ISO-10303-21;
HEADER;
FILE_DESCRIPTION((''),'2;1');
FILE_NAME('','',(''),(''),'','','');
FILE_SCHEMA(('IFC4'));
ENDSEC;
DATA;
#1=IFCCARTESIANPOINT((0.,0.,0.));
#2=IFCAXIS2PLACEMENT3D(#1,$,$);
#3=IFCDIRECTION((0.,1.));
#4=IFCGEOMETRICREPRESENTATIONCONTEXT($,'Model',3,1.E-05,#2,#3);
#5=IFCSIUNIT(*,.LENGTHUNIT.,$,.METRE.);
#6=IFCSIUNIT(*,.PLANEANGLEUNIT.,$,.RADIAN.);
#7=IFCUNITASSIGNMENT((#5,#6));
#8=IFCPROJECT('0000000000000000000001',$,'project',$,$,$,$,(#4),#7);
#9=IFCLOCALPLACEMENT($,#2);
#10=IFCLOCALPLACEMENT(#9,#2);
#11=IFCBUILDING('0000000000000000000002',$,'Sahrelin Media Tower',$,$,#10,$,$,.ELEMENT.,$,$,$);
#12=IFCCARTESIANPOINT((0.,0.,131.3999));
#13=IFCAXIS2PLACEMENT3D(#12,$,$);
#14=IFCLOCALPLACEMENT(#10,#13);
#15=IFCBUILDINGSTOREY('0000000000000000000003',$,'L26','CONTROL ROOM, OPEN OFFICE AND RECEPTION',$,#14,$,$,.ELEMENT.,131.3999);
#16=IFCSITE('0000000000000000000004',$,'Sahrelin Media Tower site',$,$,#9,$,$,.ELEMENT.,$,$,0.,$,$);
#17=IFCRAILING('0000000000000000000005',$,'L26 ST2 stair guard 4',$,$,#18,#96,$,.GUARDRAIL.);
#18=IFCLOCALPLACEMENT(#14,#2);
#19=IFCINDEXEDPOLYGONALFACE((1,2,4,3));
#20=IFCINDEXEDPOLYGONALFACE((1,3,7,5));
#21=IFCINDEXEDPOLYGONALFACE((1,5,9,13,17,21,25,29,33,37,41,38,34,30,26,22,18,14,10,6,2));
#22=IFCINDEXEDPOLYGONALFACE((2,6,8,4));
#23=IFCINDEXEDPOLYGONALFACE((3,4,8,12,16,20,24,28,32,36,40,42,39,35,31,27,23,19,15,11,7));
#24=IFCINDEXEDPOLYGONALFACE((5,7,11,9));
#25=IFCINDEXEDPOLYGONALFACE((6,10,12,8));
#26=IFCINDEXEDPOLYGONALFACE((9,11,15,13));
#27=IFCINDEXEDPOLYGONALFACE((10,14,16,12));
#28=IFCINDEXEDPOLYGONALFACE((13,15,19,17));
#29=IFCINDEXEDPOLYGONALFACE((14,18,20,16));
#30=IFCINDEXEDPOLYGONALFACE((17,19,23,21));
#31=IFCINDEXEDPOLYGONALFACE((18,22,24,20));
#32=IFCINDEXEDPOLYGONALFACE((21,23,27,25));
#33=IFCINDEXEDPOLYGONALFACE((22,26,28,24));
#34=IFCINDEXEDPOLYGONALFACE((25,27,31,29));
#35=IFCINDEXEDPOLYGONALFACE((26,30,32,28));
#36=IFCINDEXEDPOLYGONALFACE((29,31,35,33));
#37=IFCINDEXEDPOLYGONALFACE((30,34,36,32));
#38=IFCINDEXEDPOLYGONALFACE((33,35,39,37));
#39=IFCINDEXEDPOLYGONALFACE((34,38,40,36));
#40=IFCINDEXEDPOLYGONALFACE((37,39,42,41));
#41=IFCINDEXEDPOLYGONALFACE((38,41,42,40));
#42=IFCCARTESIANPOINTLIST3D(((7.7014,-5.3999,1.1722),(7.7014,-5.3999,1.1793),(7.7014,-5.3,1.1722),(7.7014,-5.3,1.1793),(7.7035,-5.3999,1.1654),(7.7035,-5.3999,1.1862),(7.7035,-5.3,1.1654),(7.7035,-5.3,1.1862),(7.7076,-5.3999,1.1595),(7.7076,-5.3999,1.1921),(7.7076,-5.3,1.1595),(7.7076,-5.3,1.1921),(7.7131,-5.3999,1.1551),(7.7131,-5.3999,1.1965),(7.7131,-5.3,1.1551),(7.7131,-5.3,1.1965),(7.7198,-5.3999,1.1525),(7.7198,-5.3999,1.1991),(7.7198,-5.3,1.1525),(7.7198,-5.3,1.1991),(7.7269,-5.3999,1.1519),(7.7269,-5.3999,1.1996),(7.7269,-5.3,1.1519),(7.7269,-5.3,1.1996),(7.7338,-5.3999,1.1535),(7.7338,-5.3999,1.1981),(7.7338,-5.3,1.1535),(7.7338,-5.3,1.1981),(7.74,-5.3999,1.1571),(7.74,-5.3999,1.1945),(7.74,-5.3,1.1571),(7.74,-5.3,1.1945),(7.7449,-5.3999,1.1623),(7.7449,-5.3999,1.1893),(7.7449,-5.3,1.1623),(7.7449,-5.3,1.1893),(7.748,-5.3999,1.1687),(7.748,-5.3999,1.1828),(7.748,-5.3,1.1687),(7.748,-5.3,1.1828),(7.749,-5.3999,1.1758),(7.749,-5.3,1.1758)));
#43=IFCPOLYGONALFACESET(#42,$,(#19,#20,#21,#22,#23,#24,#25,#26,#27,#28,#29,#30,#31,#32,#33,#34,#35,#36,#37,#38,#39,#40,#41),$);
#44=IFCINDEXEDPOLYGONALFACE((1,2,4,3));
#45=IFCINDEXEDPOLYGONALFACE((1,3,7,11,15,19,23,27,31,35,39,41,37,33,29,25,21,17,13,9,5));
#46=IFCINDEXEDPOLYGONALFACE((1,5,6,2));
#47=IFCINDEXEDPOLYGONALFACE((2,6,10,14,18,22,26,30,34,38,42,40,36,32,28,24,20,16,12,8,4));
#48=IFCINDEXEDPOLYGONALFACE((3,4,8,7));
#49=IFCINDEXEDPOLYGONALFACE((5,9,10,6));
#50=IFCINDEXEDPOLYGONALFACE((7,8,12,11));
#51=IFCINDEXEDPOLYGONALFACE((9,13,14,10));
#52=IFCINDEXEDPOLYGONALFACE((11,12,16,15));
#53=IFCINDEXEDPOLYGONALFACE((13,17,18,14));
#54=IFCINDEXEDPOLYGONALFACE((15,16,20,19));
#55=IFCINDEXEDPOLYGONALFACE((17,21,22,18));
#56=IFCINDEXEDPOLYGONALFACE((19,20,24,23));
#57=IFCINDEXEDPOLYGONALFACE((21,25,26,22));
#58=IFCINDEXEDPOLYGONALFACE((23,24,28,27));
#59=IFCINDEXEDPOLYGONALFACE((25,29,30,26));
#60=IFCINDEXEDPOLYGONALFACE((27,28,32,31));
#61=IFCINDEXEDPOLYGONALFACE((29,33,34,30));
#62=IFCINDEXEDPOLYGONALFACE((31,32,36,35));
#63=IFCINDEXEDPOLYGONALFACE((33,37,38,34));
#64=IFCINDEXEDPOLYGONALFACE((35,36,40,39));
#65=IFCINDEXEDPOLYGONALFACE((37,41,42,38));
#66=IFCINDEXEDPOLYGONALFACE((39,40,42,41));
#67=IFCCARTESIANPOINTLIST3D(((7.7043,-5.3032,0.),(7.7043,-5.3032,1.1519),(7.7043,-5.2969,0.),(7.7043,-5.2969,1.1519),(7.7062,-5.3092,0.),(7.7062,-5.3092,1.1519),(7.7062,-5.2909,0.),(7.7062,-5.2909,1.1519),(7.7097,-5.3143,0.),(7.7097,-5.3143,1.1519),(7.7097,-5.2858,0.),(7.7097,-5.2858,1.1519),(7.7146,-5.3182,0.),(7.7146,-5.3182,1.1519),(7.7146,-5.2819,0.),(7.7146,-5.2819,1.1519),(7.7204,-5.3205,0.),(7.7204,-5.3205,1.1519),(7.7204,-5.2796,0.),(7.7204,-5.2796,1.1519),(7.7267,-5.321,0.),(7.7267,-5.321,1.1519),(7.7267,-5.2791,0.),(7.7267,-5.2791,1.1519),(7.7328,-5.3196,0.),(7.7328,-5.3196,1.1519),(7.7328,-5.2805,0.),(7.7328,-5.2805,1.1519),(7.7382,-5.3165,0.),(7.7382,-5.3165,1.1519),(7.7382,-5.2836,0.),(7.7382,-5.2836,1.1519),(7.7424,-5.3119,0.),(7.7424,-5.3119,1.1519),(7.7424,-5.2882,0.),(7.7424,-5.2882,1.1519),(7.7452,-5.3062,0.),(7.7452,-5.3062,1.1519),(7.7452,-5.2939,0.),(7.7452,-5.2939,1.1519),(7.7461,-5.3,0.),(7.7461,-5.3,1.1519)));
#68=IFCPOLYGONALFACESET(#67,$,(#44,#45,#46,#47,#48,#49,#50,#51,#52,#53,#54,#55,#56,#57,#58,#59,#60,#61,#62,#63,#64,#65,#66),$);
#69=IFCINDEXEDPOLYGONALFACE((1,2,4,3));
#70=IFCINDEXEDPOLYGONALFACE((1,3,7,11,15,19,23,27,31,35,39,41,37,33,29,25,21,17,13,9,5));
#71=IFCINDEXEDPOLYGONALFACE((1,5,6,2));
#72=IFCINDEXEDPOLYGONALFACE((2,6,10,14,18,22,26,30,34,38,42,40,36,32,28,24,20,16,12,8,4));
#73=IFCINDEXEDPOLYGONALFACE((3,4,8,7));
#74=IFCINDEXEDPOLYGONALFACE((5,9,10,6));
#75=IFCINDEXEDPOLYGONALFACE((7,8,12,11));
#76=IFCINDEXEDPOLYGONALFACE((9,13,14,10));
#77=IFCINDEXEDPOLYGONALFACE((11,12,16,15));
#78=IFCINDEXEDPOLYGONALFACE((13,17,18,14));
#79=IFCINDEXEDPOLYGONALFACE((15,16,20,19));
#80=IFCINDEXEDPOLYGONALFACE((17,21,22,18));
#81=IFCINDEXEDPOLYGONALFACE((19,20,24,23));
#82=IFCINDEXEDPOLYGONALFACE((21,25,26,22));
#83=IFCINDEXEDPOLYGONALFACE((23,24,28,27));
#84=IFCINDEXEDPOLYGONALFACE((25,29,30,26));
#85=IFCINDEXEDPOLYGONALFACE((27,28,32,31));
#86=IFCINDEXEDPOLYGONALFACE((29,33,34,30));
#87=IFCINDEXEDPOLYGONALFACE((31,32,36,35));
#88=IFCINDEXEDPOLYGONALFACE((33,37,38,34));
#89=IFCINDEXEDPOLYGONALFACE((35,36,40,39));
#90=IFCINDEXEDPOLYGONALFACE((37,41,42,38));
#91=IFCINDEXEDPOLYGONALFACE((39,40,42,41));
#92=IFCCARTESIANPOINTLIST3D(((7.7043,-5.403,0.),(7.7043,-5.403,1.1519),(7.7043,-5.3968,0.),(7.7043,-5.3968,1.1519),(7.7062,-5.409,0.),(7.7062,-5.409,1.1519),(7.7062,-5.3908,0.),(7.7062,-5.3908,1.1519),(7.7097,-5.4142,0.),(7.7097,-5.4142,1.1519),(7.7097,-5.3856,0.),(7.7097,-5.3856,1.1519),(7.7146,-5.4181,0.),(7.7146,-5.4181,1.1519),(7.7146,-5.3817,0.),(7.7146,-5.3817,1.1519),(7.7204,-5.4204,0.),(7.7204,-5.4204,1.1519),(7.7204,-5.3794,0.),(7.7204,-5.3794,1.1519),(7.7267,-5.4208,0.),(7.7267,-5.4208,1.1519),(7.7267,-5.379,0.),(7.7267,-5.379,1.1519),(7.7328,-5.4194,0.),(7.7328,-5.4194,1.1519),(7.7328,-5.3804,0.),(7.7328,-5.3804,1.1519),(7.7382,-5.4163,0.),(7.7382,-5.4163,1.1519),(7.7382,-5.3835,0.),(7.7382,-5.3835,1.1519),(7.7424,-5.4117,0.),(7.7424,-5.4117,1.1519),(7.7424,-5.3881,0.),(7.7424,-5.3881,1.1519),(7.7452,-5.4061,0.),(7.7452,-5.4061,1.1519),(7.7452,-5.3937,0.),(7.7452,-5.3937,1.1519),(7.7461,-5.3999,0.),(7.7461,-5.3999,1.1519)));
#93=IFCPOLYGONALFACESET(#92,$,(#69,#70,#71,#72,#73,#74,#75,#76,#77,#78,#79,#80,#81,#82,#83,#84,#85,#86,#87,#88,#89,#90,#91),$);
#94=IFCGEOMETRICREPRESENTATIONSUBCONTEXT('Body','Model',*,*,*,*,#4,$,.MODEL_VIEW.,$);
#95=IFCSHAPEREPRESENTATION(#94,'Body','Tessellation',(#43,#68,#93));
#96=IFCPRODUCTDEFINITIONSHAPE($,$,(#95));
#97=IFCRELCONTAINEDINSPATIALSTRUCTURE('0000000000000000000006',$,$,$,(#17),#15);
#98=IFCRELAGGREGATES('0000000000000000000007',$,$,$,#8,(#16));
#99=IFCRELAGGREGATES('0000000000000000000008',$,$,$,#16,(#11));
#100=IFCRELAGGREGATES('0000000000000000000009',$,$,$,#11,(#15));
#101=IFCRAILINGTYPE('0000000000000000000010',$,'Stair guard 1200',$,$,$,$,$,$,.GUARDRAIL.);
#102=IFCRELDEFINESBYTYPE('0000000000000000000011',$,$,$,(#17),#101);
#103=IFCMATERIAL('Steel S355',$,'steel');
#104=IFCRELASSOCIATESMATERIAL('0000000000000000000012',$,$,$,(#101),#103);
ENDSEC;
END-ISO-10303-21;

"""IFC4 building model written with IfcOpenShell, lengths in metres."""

from ifc_helpers import new_model, si_unit, direction, frame, origin, origin_2d, place, context, subcontext, project, spatial, circle, extrude, material, type_object, element, save


model = new_model("IFC4")

# Units and contexts
model_context = context("Model", 3, precision=1e-05, world=origin(), true_north=direction((0.0, 1.0)))
body_context = subcontext(model_context, "Body", "Model", "MODEL_VIEW")
ifc_project = project(units=[si_unit("LENGTHUNIT", "METRE"), si_unit("PLANEANGLEUNIT", "RADIAN")], contexts=[model_context])

# Site, building, storey
site_placement = place(None, origin())
site = spatial("IfcSite", under=ifc_project, at=site_placement, Name="Sahrelin Media Tower site", CompositionType="ELEMENT", RefElevation=0.0)
building_placement = place(site_placement, origin())
building = spatial("IfcBuilding", under=site, at=building_placement, Name="Sahrelin Media Tower", CompositionType="ELEMENT")
storey_placement = place(building_placement, frame((0.0, 0.0, 131.3999)))
storey = spatial("IfcBuildingStorey", under=building, at=storey_placement, Name="L26", Description="CONTROL ROOM, OPEN OFFICE AND RECEPTION", CompositionType="ELEMENT", Elevation=131.3999)

# Shared definitions
ifc_material_1 = material(Name="Steel S355", Category="steel")

# Railing
railing_type_1 = type_object("IfcRailingType", Name="Stair guard 1200", PredefinedType="GUARDRAIL", material=ifc_material_1)
railing_1_placement = place(storey_placement, frame((7.7251, -5.3, 0.0)))
element("IfcRailing", 1, at=railing_1_placement, inside=storey, type_object=railing_type_1, Name="L26 ST2 stair guard 4", PredefinedType="GUARDRAIL", context=body_context, shape_type="SweptSolid", body=[
    extrude(circle(Radius=0.0239, at=origin_2d()), frame((0.0, 0.0, 1.1758), z_axis=(0.0, -1.0, 0.0), x_axis=(1.0, 0.0, 0.0)), (0.0, 0.0, 1.0), 0.0999),
    extrude(circle(Radius=0.021, at=origin_2d()), origin(), (0.0, 0.0, 1.0), 1.1519),
    extrude(circle(Radius=0.021, at=origin_2d()), frame((0.0, -0.0999, 0.0)), (0.0, 0.0, 1.0), 1.1519),
])

save(model, "model.ifc")
